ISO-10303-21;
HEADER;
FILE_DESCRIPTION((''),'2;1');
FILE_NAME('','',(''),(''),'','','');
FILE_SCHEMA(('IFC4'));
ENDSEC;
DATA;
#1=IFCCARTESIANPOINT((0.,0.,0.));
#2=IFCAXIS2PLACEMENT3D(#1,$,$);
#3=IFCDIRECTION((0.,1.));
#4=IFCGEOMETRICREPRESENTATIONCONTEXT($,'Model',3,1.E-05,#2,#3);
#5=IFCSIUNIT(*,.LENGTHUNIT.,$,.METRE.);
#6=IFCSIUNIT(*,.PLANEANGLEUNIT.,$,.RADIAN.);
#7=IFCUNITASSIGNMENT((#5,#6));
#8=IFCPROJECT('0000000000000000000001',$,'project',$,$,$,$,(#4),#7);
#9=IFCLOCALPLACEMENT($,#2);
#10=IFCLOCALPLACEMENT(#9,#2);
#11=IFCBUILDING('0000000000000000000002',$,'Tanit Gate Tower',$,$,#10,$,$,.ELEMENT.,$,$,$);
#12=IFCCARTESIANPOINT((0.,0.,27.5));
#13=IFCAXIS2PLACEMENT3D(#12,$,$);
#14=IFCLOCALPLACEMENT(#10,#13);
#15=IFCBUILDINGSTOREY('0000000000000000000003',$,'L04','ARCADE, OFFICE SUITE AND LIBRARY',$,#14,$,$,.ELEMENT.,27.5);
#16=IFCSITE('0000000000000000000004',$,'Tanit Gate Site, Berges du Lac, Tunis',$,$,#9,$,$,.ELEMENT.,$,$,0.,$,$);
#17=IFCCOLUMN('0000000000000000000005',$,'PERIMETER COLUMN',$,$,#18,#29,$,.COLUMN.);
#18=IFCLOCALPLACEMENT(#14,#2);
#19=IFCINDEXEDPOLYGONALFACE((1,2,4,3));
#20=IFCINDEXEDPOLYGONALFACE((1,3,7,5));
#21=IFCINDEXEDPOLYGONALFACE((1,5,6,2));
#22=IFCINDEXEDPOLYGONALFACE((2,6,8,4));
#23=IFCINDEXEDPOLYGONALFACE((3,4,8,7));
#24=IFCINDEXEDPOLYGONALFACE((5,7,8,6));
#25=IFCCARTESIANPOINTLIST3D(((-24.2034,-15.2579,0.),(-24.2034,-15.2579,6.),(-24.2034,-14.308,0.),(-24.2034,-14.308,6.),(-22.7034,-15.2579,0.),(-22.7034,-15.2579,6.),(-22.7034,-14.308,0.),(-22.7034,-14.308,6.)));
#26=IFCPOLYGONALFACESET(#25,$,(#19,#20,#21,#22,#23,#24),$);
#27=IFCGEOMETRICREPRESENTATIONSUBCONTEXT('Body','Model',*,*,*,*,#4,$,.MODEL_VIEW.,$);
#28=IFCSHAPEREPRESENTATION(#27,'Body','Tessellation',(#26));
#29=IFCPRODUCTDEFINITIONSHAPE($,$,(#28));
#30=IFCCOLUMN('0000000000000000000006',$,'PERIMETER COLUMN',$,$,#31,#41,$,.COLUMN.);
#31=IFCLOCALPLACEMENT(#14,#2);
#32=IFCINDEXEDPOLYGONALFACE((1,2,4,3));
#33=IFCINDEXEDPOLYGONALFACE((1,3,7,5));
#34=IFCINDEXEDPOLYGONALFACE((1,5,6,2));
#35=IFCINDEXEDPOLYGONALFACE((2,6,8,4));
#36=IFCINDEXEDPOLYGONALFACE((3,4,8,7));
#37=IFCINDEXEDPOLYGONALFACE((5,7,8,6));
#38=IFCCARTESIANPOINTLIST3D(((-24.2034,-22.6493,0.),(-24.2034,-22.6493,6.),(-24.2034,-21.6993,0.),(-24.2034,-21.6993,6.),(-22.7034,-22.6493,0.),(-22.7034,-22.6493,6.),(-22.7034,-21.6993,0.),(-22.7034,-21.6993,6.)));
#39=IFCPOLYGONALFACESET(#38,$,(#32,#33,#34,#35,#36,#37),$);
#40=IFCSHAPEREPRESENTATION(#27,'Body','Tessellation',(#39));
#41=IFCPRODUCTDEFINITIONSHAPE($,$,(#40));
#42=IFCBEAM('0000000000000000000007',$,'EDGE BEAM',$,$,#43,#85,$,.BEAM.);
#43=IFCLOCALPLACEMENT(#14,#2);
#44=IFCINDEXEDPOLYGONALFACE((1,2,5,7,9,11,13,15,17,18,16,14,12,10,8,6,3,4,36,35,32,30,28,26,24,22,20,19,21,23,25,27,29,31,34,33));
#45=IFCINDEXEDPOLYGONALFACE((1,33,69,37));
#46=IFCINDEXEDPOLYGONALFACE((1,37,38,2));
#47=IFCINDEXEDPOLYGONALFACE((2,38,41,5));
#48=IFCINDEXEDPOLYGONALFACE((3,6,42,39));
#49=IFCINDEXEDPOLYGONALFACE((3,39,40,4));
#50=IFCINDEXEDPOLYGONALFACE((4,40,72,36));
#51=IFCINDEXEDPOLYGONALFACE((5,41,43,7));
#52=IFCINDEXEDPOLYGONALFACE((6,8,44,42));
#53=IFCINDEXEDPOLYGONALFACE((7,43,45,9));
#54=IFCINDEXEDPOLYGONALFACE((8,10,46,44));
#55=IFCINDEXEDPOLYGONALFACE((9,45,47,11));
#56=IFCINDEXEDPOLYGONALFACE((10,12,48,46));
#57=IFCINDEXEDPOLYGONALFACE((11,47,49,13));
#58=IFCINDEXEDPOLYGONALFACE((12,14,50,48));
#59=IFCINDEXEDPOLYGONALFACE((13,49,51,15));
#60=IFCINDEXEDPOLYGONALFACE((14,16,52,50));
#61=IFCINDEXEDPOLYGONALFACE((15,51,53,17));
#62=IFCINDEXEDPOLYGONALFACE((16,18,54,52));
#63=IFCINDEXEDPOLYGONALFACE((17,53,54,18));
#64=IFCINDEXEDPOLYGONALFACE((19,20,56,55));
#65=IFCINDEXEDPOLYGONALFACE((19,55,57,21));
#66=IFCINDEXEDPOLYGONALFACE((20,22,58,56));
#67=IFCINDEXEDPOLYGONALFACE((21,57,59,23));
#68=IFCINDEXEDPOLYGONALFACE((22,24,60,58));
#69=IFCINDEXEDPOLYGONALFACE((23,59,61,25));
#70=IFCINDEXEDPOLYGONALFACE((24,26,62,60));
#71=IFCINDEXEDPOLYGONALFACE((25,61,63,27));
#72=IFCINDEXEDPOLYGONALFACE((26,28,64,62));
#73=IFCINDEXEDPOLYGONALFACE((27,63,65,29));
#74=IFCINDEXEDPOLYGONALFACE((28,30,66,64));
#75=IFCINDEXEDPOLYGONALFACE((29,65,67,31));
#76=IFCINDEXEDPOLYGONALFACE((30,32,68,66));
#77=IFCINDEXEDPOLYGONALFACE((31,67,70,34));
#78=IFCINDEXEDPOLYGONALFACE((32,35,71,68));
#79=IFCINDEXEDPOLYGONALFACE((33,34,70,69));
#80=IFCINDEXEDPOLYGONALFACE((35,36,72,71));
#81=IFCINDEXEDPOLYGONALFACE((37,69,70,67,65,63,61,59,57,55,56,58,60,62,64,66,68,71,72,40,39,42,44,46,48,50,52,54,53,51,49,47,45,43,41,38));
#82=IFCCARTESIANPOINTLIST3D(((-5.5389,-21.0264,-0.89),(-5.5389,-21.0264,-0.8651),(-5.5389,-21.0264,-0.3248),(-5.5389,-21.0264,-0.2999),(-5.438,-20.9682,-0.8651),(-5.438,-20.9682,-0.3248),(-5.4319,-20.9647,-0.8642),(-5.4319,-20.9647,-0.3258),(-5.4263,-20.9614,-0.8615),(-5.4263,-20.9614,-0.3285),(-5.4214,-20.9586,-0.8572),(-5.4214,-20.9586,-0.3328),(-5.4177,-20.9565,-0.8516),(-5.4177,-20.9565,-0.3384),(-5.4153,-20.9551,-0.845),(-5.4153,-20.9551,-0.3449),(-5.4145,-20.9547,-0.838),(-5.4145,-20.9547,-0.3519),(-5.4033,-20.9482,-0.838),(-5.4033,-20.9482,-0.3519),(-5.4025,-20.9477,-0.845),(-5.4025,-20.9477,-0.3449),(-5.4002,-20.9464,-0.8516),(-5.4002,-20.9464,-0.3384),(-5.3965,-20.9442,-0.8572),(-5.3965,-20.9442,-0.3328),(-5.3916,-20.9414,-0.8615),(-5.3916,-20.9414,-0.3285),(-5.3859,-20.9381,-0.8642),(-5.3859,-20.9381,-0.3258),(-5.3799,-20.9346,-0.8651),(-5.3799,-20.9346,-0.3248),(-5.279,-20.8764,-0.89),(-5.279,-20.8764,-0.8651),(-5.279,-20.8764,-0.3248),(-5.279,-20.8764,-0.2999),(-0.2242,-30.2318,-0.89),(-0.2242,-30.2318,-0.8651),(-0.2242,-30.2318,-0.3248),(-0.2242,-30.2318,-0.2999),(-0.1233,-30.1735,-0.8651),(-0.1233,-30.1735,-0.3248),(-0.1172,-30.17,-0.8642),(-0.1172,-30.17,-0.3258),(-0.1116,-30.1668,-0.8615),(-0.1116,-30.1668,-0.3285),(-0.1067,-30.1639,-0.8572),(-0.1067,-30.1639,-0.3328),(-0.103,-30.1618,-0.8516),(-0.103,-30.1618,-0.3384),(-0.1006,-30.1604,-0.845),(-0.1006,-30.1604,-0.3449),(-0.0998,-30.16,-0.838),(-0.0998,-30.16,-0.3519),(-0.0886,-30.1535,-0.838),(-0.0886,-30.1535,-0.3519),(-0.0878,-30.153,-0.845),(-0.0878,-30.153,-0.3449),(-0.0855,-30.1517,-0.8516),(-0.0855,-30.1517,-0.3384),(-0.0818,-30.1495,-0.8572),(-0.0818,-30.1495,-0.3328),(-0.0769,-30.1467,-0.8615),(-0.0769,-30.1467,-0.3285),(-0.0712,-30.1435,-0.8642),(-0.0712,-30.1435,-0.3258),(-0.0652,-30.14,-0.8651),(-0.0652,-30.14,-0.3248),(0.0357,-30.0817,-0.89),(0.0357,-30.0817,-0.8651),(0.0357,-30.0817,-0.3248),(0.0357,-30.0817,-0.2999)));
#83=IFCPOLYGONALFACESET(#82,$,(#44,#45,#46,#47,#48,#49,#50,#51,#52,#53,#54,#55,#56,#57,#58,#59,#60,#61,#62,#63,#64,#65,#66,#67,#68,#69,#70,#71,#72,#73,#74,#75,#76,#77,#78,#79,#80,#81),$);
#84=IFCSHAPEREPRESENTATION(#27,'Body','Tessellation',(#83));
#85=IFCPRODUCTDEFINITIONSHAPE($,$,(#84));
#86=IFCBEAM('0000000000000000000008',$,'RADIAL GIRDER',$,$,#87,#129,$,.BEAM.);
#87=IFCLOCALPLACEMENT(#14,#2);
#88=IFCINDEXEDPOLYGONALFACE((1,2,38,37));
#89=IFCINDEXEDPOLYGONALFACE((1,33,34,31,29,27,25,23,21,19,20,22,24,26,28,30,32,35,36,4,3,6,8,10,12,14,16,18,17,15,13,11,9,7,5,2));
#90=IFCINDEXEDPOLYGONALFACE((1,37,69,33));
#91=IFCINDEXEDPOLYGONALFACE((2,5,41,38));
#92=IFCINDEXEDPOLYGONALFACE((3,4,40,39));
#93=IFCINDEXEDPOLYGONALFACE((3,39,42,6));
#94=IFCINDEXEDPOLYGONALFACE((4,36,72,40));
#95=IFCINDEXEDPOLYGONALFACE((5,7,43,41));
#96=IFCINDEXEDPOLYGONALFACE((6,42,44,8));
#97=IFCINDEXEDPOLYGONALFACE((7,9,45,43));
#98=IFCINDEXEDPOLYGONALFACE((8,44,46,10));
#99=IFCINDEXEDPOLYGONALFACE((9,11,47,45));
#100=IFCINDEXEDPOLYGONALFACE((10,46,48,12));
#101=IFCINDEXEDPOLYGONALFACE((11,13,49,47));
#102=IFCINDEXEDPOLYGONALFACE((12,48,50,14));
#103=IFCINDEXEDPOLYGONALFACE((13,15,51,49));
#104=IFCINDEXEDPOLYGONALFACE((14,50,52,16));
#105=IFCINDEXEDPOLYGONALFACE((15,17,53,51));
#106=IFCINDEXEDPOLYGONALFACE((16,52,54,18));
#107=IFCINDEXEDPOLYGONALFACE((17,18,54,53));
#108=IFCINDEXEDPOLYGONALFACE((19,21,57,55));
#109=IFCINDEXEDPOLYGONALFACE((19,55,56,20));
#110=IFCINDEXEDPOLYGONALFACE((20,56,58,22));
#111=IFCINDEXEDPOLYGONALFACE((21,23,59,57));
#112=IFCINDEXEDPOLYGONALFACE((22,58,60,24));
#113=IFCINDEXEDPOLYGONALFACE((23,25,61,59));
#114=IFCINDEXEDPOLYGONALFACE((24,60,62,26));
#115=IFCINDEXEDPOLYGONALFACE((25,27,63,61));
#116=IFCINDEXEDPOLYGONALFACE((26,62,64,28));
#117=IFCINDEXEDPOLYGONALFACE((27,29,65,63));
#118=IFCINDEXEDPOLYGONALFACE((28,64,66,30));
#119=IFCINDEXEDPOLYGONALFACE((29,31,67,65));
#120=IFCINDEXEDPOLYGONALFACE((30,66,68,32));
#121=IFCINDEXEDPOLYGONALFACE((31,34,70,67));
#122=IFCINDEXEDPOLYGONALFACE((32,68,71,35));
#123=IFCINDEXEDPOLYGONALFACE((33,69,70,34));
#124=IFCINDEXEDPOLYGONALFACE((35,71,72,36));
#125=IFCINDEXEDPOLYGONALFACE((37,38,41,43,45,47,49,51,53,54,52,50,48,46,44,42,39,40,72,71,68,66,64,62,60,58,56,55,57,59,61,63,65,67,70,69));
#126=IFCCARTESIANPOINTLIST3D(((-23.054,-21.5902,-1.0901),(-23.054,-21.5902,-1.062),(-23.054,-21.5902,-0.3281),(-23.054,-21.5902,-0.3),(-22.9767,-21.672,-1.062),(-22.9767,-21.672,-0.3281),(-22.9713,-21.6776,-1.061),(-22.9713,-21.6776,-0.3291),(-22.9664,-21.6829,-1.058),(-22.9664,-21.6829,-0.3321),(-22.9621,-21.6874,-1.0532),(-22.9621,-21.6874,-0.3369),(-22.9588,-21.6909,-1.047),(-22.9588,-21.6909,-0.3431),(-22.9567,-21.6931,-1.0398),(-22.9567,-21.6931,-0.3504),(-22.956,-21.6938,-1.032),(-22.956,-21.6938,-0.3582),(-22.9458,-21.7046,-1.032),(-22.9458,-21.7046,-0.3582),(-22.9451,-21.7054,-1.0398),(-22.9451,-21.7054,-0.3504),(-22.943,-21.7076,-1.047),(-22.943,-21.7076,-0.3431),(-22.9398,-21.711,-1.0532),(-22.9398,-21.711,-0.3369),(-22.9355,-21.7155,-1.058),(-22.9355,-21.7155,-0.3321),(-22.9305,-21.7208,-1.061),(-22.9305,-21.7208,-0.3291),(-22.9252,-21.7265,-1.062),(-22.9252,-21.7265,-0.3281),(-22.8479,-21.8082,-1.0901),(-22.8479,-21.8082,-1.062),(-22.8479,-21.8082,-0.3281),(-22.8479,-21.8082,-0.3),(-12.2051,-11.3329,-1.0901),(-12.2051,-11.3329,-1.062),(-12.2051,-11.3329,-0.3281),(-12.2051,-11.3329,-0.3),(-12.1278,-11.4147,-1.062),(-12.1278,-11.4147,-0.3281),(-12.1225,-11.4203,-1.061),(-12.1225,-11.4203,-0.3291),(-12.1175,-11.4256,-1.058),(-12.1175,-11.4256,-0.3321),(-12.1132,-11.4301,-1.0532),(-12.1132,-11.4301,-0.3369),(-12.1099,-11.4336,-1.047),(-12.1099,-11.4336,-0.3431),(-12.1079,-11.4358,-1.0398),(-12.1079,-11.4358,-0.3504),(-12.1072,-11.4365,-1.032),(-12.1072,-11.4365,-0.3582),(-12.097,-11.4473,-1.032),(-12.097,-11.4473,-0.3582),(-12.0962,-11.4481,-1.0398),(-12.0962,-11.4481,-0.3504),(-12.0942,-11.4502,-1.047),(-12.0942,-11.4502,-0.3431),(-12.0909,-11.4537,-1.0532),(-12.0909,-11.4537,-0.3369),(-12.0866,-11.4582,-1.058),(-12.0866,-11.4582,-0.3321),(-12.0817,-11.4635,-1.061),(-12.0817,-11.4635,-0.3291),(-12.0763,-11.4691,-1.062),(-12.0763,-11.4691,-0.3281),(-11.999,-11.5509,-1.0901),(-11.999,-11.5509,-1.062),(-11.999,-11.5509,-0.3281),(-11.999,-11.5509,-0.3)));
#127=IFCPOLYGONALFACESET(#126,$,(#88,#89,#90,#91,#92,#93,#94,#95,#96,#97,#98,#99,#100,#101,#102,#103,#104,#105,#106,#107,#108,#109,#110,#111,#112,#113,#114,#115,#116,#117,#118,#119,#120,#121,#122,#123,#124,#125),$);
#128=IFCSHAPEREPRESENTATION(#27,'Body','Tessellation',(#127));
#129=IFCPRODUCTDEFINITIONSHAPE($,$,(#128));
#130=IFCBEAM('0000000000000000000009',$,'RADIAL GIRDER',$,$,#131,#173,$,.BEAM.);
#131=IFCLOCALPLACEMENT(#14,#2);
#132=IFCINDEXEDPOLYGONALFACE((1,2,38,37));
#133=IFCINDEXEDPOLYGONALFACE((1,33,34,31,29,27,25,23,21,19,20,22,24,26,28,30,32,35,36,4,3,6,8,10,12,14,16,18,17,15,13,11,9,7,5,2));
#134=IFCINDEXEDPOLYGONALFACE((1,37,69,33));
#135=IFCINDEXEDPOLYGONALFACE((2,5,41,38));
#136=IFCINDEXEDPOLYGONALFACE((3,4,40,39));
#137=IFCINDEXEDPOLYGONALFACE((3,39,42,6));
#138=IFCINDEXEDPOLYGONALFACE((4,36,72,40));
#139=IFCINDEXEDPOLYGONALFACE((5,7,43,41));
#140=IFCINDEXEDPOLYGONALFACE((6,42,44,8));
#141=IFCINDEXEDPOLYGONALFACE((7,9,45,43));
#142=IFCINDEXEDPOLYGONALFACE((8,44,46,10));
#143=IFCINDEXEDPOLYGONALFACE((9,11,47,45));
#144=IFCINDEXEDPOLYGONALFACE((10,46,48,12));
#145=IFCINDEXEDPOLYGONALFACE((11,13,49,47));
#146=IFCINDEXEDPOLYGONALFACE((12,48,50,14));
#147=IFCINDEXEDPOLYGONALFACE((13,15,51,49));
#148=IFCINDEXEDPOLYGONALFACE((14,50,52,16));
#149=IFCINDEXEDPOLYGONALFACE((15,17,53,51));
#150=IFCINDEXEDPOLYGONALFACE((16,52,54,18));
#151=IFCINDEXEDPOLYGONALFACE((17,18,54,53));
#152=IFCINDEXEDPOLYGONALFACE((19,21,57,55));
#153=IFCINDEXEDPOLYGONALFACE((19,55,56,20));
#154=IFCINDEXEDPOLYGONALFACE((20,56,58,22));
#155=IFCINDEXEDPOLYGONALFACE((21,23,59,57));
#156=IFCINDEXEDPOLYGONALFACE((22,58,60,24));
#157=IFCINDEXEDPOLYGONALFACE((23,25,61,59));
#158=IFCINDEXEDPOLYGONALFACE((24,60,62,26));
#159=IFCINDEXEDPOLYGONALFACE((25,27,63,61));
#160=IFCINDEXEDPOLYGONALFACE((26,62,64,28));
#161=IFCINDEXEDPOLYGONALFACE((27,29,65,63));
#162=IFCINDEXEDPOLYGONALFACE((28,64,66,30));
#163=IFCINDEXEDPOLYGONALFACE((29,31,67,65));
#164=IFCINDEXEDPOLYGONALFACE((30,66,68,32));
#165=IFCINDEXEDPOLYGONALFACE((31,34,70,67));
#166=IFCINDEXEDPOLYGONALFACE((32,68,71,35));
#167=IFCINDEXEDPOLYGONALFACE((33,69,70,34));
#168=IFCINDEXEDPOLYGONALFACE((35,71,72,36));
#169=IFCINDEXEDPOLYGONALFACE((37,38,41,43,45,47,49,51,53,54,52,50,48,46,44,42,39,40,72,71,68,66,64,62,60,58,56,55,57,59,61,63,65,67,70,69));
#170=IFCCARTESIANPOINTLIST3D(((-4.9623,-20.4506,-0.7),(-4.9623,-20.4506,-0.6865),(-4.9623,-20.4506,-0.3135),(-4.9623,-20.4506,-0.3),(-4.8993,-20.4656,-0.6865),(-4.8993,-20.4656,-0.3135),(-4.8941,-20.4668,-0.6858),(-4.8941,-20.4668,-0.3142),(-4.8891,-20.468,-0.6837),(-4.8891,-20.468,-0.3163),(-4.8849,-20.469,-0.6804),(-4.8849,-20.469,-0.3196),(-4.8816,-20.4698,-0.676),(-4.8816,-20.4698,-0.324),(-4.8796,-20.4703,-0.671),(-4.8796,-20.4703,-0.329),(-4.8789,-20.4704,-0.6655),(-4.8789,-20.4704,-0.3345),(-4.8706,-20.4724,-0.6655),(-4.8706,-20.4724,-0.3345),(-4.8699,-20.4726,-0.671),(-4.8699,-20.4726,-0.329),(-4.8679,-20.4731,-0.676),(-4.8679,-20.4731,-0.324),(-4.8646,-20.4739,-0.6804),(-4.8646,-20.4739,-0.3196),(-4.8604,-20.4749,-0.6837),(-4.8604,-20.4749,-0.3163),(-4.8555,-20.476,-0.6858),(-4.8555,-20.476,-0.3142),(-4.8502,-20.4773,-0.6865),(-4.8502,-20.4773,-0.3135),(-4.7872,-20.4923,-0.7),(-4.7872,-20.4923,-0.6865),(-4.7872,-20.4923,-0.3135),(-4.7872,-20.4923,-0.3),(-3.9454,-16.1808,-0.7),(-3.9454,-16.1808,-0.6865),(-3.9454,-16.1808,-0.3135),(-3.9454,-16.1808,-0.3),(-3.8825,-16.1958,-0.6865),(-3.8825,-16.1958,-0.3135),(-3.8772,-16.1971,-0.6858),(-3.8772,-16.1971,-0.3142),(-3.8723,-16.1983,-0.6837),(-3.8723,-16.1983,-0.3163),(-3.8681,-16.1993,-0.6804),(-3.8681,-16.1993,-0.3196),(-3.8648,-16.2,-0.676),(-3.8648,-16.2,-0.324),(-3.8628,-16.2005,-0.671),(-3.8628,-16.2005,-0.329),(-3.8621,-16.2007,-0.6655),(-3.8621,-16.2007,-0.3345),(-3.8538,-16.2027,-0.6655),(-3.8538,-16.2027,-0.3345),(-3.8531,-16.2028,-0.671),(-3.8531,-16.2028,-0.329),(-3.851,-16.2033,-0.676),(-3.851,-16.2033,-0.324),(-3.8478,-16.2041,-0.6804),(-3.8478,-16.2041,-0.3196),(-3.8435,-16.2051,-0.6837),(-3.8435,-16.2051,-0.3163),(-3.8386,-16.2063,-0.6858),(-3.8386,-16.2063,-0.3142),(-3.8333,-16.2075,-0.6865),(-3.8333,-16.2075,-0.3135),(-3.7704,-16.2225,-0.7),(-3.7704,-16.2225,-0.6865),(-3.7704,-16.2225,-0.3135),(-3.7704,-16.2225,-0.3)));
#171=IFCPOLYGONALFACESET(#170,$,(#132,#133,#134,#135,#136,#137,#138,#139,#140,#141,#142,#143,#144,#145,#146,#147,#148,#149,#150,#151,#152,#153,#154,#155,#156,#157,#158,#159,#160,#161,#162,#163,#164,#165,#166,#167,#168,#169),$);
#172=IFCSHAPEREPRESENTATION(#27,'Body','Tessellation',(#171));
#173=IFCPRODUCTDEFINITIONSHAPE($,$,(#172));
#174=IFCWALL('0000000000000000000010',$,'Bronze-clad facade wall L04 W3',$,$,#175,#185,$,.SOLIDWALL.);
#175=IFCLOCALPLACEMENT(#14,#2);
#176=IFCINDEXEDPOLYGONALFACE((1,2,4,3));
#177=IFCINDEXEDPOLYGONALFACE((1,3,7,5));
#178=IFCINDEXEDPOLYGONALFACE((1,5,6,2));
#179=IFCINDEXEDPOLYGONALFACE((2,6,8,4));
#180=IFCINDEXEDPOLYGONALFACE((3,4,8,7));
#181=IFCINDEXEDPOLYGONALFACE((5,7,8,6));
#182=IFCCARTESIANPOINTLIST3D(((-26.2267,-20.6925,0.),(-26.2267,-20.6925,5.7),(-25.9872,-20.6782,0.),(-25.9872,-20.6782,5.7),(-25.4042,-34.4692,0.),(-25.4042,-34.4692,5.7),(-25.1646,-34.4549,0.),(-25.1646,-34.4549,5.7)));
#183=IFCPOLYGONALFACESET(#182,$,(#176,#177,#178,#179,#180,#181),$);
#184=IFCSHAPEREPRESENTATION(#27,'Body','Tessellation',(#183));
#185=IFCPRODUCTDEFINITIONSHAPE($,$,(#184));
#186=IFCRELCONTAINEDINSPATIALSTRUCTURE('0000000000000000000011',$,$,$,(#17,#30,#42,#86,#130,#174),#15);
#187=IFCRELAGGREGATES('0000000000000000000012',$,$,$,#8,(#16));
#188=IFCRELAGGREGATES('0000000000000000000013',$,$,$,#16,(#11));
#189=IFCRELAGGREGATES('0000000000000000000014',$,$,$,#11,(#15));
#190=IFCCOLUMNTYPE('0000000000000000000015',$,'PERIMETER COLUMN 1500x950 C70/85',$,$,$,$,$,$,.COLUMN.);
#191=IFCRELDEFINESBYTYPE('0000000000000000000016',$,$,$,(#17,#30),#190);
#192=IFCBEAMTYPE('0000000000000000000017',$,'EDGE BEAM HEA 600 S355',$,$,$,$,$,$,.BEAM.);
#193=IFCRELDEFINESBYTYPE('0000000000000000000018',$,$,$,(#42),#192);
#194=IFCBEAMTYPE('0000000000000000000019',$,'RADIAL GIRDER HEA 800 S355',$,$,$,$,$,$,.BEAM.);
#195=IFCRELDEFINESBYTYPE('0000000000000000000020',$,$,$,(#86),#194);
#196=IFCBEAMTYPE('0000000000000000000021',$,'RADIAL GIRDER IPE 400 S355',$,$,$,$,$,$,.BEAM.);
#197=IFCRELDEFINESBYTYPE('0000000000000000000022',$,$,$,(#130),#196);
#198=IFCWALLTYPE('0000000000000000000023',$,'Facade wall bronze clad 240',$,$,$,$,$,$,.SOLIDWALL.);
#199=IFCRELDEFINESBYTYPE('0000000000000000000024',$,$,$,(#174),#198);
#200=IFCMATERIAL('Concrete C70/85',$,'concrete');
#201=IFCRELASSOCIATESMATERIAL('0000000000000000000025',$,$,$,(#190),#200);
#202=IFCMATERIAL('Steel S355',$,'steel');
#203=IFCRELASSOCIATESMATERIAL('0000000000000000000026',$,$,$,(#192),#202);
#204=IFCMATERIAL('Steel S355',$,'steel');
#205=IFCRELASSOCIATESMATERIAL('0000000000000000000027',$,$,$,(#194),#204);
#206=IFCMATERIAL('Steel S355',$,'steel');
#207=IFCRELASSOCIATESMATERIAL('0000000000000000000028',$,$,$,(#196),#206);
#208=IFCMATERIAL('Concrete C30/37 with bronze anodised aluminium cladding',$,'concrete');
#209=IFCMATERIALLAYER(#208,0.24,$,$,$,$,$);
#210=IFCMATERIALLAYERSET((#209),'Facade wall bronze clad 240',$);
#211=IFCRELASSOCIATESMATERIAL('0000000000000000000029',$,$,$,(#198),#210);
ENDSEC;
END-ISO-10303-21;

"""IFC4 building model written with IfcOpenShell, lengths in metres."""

from ifc_helpers import new_model, si_unit, direction, frame, frame_2d, origin, origin_2d, place, context, subcontext, project, spatial, rectangle, i_section, extrude, material, layer, layer_set, material_profile, profile_set, type_object, element, save


model = new_model("IFC4")

# Units and contexts
model_context = context("Model", 3, precision=1e-05, world=origin(), true_north=direction((0.0, 1.0)))
body_context = subcontext(model_context, "Body", "Model", "MODEL_VIEW")
ifc_project = project(units=[si_unit("LENGTHUNIT", "METRE"), si_unit("PLANEANGLEUNIT", "RADIAN")], contexts=[model_context])

# Site, building, storey
site_placement = place(None, origin())
site = spatial("IfcSite", under=ifc_project, at=site_placement, Name="Tanit Gate Site, Berges du Lac, Tunis", CompositionType="ELEMENT", RefElevation=0.0)
building_placement = place(site_placement, origin())
building = spatial("IfcBuilding", under=site, at=building_placement, Name="Tanit Gate Tower", CompositionType="ELEMENT")
storey_placement = place(building_placement, frame((0.0, 0.0, 27.5)))
storey = spatial("IfcBuildingStorey", under=building, at=storey_placement, Name="L04", Description="ARCADE, OFFICE SUITE AND LIBRARY", CompositionType="ELEMENT", Elevation=27.5)

# Columns
ifc_material_1 = material(Name="Concrete C70/85", Category="concrete")
ifc_material_profile_1 = material_profile(ifc_material_1, rectangle(XDim=1.5, YDim=0.95, at=origin_2d()), Name="RC 1500x950")
ifc_profile_set_1 = profile_set([ifc_material_profile_1], Name="Concrete C70/85")
column_type = type_object("IfcColumnType", Name="PERIMETER COLUMN 1500x950 C70/85", PredefinedType="COLUMN", material=ifc_profile_set_1)
for number, where, z_axis, x_axis, name in (
    (1, (-23.4534, -14.783, 0.0), (0.0, 0.0, 1.0), (-1.0, 0.0, 0.0), "PERIMETER COLUMN"),
    (2, (-23.4534, -22.1743, 0.0), (0.0, 0.0, 1.0), (-1.0, 0.0, 0.0), "PERIMETER COLUMN"),
):
    element("IfcColumn", number, at=place(storey_placement, frame(where, z_axis=z_axis, x_axis=x_axis)), inside=storey, type_object=column_type, Name=name, PredefinedType="COLUMN", context=body_context, shape_type="SweptSolid", body=[
        extrude(rectangle(XDim=1.5, YDim=0.95, at=origin_2d()), origin(), (0.0, 0.0, 1.0), 6.0),
    ])

# Beams
ifc_material_2 = material(Name="Steel S355", Category="steel")
ifc_material_profile_2 = material_profile(ifc_material_2, i_section(OverallWidth=0.3, OverallDepth=0.5901, WebThickness=0.0129, FlangeThickness=0.0249, FilletRadius=0.0271, at=origin_2d()), Name="HEA 600")
ifc_profile_set_2 = profile_set([ifc_material_profile_2], Name="Steel S355")
beam_type_1 = type_object("IfcBeamType", Name="EDGE BEAM HEA 600 S355", PredefinedType="BEAM", material=ifc_profile_set_2)
beam_1_placement = place(storey_placement, frame((-5.4089, -20.9514, -0.595), z_axis=(0.5, -0.866025, 0.0), x_axis=(0.866025, 0.5, 0.0)))
element("IfcBeam", 3, at=beam_1_placement, inside=storey, type_object=beam_type_1, Name="EDGE BEAM", PredefinedType="BEAM", context=body_context, shape_type="SweptSolid", body=[
    extrude(i_section(OverallWidth=0.3, OverallDepth=0.5901, WebThickness=0.0129, FlangeThickness=0.0249, FilletRadius=0.0271, at=origin_2d()), origin(), (0.0, 0.0, 1.0), 10.6294),
])
ifc_material_3 = material(Name="Steel S355", Category="steel")
ifc_material_profile_3 = material_profile(ifc_material_3, i_section(OverallWidth=0.3, OverallDepth=0.79, WebThickness=0.0149, FlangeThickness=0.0281, FilletRadius=0.03, at=origin_2d()), Name="HEA 800")
ifc_profile_set_3 = profile_set([ifc_material_profile_3], Name="Steel S355")
beam_type_2 = type_object("IfcBeamType", Name="RADIAL GIRDER HEA 800 S355", PredefinedType="BEAM", material=ifc_profile_set_3)
beam_2_placement = place(storey_placement, frame((-22.9509, -21.6992, -0.6951), z_axis=(0.72664, 0.687019, 0.0), x_axis=(-0.687019, 0.72664, 0.0)))
element("IfcBeam", 4, at=beam_2_placement, inside=storey, type_object=beam_type_2, Name="RADIAL GIRDER", PredefinedType="BEAM", context=body_context, shape_type="SweptSolid", body=[
    extrude(i_section(OverallWidth=0.3, OverallDepth=0.79, WebThickness=0.0149, FlangeThickness=0.0281, FilletRadius=0.03, at=origin_2d()), origin(), (0.0, 0.0, 1.0), 14.9302),
])
ifc_material_4 = material(Name="Steel S355", Category="steel")
ifc_material_profile_4 = material_profile(ifc_material_4, i_section(OverallWidth=0.1799, OverallDepth=0.3999, WebThickness=0.0085, FlangeThickness=0.0134, FilletRadius=0.021, at=origin_2d()), Name="IPE 400")
ifc_profile_set_4 = profile_set([ifc_material_profile_4], Name="Steel S355")
beam_type_3 = type_object("IfcBeamType", Name="RADIAL GIRDER IPE 400 S355", PredefinedType="BEAM", material=ifc_profile_set_4)
beam_3_placement = place(storey_placement, frame((-4.8748, -20.4714, -0.5), z_axis=(0.231671, 0.972794, 0.0), x_axis=(-0.972794, 0.231671, 0.0)))
element("IfcBeam", 5, at=beam_3_placement, inside=storey, type_object=beam_type_3, Name="RADIAL GIRDER", PredefinedType="BEAM", context=body_context, shape_type="SweptSolid", body=[
    extrude(i_section(OverallWidth=0.1799, OverallDepth=0.3999, WebThickness=0.0085, FlangeThickness=0.0134, FilletRadius=0.021, at=origin_2d()), origin(), (0.0, 0.0, 1.0), 4.3892),
])

# Wall
ifc_material_5 = material(Name="Concrete C30/37 with bronze anodised aluminium cladding", Category="concrete")
ifc_layer_1 = layer(ifc_material_5, 0.24)
ifc_layer_set_1 = layer_set([ifc_layer_1], Name="Facade wall bronze clad 240")
wall_type_1 = type_object("IfcWallType", Name="Facade wall bronze clad 240", PredefinedType="SOLIDWALL", material=ifc_layer_set_1)
wall_1_placement = place(storey_placement, frame((-26.1069, -20.6853, 0.0), z_axis=(0.0, 0.0, 1.0), x_axis=(0.059596, -0.998223, 0.0)))
element("IfcWall", 6, at=wall_1_placement, inside=storey, type_object=wall_type_1, Name="Bronze-clad facade wall L04 W3", PredefinedType="SOLIDWALL", context=body_context, shape_type="SweptSolid", body=[
    extrude(rectangle(XDim=13.8013, YDim=0.24, at=frame_2d((6.9006, 0.0))), origin(), (0.0, 0.0, 1.0), 5.7),
])

save(model, "model.ifc")
